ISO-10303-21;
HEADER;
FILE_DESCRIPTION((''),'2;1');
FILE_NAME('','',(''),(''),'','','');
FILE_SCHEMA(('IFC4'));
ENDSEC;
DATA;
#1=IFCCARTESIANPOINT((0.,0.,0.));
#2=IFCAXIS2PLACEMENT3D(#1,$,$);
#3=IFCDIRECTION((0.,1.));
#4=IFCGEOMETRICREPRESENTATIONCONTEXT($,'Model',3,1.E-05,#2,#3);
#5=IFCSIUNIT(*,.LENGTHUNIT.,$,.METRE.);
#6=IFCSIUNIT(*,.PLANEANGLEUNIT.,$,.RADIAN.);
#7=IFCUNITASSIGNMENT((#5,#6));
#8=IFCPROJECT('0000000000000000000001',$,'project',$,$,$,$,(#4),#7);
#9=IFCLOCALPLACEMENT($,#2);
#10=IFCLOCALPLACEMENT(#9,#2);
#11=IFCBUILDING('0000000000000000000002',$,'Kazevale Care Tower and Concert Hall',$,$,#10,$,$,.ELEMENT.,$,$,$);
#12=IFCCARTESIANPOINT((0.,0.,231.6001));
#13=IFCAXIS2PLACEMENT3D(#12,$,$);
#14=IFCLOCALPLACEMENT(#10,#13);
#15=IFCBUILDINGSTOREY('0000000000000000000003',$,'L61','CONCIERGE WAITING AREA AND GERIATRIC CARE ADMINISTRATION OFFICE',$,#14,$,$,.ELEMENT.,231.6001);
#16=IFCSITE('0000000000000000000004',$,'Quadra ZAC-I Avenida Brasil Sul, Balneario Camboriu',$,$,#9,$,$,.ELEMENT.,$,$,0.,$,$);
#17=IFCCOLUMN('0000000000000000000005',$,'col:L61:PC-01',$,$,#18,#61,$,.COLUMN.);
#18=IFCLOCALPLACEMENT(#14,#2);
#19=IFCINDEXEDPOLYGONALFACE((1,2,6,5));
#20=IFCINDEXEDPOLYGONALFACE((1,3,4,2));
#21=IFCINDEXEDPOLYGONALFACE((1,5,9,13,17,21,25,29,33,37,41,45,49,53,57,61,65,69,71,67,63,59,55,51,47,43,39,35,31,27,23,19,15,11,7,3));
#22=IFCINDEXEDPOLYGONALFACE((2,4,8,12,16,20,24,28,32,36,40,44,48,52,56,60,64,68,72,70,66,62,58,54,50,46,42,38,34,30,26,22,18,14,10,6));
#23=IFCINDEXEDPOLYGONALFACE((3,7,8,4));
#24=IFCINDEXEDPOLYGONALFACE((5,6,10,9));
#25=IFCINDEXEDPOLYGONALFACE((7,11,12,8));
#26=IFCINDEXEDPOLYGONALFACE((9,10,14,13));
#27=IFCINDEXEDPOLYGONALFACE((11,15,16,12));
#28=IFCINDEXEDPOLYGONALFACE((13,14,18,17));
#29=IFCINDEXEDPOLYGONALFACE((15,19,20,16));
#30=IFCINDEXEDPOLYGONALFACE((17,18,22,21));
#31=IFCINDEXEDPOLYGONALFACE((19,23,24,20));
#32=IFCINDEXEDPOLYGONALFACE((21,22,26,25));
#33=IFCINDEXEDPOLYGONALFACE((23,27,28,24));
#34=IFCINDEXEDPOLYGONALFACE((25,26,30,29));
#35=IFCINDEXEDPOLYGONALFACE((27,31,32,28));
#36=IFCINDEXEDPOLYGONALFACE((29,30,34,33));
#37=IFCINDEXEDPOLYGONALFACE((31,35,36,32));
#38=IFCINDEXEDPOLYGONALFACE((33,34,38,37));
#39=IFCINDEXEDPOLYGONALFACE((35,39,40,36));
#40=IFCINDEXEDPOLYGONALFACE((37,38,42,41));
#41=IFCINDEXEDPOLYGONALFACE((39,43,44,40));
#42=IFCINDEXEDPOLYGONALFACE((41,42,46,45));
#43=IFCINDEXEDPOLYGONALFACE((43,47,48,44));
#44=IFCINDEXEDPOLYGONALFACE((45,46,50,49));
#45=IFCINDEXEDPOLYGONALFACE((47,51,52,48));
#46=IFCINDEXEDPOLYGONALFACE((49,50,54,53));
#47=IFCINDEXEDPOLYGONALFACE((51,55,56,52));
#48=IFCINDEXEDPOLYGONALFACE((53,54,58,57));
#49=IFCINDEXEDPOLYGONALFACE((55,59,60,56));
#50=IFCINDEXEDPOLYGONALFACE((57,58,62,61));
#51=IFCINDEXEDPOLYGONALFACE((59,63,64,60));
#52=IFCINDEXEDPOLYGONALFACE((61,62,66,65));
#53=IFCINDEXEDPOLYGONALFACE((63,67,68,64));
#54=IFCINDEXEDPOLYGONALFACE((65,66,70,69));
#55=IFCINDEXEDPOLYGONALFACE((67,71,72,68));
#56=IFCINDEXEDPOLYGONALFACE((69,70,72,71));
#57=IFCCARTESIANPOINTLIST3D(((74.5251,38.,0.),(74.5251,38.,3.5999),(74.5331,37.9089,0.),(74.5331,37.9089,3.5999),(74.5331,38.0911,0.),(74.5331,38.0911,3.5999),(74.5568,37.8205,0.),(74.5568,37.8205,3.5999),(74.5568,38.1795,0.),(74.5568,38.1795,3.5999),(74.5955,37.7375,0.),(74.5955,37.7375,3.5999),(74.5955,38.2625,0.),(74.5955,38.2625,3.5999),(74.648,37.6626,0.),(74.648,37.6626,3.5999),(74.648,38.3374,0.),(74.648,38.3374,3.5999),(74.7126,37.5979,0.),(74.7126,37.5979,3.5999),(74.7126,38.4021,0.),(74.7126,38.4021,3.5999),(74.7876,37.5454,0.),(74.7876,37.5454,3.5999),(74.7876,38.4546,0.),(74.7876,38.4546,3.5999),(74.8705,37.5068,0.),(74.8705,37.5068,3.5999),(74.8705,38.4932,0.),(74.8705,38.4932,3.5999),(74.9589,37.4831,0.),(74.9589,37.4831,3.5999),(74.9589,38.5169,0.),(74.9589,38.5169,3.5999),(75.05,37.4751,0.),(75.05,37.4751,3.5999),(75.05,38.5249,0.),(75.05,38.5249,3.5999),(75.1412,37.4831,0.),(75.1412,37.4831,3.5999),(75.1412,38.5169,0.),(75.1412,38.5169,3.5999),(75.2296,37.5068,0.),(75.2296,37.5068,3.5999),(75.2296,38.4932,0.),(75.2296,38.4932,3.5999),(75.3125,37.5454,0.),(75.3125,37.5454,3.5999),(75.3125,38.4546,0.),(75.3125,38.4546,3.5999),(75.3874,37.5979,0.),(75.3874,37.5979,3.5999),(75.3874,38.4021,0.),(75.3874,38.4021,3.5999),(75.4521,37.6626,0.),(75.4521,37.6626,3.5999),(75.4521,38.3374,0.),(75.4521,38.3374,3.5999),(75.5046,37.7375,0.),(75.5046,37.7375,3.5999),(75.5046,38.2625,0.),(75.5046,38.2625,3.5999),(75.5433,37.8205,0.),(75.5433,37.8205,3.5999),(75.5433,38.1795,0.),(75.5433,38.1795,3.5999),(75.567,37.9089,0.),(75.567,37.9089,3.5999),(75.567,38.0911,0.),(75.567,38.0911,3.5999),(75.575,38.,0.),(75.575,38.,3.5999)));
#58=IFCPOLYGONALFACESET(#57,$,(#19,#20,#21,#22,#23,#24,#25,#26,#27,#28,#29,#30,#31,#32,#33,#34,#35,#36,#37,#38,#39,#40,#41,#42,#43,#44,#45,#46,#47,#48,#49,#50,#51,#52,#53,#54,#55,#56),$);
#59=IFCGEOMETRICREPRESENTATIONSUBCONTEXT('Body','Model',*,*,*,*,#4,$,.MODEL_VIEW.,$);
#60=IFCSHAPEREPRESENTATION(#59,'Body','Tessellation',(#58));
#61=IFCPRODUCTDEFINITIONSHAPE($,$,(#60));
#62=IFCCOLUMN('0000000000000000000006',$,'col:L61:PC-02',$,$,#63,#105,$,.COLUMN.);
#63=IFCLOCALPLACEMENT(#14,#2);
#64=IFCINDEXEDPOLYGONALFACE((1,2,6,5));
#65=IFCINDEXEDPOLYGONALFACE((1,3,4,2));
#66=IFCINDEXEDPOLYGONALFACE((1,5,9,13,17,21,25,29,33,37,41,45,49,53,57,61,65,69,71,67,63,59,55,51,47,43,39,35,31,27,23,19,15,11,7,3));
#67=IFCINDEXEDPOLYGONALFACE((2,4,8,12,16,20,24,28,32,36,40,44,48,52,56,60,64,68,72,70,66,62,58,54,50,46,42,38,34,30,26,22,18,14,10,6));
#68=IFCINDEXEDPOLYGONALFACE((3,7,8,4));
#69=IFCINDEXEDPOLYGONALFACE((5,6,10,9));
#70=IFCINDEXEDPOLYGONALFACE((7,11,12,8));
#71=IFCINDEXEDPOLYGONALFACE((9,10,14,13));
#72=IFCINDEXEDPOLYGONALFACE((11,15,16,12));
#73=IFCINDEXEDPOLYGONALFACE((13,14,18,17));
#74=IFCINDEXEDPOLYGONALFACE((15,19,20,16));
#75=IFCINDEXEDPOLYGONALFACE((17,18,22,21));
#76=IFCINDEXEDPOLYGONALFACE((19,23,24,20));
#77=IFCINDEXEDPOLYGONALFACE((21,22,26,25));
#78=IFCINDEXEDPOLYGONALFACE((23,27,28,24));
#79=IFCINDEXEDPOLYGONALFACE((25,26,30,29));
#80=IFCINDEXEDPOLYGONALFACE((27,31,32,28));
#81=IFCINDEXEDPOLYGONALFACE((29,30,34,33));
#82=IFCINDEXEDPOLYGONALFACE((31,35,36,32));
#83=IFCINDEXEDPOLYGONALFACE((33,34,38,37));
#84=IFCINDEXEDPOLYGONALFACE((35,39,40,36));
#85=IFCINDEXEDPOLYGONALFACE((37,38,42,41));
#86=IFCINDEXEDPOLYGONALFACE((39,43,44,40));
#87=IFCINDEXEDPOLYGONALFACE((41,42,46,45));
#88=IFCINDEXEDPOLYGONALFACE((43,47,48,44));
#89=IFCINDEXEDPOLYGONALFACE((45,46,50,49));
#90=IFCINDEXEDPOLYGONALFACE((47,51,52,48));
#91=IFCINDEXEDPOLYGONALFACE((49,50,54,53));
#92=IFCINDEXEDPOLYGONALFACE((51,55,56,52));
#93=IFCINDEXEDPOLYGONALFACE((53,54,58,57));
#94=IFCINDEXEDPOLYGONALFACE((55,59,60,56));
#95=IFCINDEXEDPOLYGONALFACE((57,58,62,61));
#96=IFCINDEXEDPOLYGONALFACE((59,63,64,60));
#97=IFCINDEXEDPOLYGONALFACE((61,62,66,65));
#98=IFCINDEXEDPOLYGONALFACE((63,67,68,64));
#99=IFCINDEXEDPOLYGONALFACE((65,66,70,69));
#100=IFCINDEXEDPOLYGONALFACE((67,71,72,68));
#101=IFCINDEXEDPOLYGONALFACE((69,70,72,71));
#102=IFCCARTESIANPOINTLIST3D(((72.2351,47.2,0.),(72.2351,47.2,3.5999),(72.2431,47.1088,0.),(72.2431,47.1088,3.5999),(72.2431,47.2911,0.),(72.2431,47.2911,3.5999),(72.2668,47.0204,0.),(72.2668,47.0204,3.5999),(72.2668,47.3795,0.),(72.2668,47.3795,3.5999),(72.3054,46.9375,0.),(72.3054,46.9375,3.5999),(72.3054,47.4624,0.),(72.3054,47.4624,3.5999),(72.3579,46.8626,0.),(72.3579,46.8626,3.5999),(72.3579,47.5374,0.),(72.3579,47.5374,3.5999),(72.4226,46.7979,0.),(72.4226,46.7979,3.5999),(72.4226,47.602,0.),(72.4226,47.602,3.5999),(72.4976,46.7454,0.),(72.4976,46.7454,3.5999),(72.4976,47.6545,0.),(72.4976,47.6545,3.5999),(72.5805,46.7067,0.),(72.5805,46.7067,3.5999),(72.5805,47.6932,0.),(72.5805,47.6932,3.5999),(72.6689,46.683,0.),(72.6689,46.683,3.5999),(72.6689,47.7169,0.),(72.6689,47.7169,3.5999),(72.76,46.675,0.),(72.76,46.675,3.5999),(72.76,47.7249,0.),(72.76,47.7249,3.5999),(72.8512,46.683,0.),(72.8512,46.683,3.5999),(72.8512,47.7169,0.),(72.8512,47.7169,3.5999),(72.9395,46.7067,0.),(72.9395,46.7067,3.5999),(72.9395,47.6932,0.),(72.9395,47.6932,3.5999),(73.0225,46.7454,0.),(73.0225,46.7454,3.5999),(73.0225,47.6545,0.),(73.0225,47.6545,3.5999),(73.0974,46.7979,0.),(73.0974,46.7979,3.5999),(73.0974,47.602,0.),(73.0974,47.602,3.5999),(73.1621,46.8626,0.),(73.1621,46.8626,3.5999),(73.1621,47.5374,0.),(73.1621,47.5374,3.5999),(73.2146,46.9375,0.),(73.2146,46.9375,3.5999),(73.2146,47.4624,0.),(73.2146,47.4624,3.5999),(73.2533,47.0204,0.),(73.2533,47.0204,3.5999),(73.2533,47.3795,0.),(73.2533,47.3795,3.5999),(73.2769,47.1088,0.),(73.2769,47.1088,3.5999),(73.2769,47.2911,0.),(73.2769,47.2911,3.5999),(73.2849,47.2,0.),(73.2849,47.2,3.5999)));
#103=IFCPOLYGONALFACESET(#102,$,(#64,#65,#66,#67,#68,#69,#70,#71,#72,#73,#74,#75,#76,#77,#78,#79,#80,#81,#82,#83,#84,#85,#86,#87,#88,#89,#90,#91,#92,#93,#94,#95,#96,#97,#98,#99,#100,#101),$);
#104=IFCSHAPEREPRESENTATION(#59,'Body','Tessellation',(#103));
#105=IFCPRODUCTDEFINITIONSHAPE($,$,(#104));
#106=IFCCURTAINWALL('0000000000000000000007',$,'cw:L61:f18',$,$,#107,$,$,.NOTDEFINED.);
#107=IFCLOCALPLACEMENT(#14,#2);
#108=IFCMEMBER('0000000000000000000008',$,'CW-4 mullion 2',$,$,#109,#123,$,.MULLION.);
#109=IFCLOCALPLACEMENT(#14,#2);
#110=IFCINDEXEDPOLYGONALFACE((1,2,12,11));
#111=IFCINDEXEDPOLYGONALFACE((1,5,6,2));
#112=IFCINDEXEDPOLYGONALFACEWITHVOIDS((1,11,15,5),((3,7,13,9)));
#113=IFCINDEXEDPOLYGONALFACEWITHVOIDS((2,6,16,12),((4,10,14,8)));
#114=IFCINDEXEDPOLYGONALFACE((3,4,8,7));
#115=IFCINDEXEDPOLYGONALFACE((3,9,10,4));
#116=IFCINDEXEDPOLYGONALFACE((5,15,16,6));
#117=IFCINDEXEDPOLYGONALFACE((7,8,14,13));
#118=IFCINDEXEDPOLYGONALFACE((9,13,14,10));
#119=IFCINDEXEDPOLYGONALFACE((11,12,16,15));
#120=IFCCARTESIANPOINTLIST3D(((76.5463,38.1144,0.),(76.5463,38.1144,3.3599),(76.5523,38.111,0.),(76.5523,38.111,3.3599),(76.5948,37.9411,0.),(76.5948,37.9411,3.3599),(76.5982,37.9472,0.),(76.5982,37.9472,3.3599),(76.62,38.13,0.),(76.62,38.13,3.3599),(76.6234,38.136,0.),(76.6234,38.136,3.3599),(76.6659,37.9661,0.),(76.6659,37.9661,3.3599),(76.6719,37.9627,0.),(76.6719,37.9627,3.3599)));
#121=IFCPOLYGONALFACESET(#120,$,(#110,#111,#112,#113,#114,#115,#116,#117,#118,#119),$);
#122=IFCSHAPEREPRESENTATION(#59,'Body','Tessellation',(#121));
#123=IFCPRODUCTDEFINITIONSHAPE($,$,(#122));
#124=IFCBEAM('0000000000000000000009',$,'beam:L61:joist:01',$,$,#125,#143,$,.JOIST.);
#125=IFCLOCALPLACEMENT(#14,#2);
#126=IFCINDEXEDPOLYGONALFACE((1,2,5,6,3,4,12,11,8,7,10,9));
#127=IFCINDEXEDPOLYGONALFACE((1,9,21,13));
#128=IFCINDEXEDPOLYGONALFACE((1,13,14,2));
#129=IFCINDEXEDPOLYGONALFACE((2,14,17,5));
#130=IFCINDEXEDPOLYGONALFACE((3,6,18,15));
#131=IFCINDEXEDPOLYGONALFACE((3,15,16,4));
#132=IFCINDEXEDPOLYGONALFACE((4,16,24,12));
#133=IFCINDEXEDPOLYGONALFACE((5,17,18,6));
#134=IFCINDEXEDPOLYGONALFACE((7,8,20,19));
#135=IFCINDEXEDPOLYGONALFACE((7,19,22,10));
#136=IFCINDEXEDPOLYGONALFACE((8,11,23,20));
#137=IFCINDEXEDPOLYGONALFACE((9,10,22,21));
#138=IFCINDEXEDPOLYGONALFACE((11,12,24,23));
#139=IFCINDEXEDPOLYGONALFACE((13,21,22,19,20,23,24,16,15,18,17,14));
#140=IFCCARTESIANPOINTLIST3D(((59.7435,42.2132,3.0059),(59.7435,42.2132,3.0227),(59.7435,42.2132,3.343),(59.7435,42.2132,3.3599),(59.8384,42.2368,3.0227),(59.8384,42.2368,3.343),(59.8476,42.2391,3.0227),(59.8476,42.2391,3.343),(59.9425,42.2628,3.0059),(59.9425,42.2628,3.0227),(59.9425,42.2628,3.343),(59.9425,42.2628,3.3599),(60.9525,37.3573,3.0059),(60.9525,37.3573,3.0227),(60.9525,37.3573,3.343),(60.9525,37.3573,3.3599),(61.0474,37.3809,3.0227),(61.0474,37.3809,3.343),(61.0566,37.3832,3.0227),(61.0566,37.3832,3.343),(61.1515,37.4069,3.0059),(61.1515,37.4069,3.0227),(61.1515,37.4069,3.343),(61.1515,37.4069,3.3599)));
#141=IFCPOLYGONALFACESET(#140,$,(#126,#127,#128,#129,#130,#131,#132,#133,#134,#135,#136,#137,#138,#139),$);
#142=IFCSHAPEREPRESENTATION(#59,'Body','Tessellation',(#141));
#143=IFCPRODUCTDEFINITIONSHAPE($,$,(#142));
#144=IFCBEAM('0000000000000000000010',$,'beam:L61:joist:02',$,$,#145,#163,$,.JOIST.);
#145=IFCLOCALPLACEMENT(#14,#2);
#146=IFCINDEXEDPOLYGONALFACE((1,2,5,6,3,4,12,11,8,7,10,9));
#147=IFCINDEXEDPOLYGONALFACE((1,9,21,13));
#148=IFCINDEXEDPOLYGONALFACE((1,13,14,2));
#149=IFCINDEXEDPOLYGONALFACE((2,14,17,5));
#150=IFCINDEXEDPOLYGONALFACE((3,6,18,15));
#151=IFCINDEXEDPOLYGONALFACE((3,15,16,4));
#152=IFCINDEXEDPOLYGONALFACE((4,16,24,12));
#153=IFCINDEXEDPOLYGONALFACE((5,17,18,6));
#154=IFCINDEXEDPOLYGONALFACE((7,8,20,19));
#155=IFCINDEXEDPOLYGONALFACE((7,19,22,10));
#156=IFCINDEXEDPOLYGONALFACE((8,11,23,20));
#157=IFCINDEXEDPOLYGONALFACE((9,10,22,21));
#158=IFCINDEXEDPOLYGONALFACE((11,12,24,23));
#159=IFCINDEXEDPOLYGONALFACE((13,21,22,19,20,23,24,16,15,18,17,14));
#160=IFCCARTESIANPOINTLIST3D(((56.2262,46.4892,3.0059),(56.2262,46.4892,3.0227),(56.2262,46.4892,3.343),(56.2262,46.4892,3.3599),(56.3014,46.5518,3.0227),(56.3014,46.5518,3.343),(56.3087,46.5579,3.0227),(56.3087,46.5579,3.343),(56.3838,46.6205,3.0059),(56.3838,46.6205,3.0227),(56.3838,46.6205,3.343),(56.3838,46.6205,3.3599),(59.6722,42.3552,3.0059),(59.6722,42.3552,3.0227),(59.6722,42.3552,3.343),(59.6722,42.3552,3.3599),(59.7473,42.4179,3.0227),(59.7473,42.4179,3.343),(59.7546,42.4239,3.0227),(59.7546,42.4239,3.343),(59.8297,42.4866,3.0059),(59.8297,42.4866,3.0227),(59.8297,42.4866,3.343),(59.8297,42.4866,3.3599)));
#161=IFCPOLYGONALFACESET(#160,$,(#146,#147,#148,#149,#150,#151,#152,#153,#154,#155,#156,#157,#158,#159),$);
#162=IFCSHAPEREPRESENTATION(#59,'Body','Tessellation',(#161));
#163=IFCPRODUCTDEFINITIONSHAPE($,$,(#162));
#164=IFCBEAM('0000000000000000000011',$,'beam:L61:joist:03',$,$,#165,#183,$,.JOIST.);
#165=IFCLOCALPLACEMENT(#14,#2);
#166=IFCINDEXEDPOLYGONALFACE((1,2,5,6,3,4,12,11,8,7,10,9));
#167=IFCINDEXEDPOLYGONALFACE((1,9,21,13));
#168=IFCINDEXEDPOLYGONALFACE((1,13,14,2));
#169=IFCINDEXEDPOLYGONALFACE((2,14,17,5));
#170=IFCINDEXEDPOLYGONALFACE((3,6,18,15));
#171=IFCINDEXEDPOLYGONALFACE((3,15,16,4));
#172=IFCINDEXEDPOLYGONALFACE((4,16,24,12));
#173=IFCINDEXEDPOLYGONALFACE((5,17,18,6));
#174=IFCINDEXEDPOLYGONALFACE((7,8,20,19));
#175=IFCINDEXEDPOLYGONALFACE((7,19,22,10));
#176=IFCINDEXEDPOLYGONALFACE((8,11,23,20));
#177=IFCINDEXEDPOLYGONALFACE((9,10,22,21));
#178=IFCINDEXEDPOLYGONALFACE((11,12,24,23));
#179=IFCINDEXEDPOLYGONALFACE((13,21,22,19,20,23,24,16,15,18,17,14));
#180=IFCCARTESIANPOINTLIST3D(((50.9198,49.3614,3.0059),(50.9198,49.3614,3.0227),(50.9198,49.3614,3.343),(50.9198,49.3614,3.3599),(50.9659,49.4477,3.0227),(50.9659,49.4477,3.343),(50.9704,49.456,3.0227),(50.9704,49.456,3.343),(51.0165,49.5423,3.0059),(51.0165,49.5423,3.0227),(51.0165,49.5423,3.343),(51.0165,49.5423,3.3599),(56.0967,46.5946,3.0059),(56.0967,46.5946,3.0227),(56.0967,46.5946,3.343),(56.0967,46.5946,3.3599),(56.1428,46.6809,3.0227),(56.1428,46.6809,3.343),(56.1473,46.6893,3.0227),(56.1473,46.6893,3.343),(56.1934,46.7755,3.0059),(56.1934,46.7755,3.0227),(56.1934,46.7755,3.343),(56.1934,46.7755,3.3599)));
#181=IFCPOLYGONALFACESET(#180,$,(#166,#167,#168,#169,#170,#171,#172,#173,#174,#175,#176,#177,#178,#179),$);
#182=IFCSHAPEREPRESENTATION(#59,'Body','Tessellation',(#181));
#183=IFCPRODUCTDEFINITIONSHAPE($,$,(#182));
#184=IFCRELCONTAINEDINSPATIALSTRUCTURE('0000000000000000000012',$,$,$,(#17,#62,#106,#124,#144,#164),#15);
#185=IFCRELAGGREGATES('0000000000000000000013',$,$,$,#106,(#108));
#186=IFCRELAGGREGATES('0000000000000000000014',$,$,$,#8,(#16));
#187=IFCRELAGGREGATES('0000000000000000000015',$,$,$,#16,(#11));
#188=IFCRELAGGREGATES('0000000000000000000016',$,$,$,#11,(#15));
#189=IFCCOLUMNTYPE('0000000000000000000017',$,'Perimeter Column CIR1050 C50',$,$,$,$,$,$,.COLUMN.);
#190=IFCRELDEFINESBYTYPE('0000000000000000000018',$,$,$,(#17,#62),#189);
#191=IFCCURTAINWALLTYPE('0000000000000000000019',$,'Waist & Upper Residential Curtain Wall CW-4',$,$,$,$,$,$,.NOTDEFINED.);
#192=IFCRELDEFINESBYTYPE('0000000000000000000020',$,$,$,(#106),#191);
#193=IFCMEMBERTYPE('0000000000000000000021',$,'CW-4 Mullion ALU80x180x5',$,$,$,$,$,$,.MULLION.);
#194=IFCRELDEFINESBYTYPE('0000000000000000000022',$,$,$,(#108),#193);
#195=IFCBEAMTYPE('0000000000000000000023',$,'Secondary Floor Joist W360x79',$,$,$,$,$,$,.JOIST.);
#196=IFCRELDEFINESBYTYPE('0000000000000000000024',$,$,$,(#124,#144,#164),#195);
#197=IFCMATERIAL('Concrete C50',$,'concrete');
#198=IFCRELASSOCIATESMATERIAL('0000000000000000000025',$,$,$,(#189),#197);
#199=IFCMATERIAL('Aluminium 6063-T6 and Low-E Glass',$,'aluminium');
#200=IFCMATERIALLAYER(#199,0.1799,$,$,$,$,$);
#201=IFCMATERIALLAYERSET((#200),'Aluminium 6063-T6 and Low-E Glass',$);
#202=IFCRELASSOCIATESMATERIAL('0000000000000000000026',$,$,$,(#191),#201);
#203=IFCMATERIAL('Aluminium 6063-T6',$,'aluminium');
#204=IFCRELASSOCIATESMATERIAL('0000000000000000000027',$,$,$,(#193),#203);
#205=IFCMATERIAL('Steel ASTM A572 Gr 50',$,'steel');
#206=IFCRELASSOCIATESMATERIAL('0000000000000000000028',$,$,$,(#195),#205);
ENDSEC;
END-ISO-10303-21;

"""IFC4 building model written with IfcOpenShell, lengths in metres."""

from ifc_helpers import new_model, si_unit, direction, frame, origin, origin_2d, place, context, subcontext, project, spatial, hollow_rectangle, circle, i_section, extrude, material, layer, layer_set, material_profile, profile_set, type_object, element, aggregate, save


model = new_model("IFC4")

# Units and contexts
model_context = context("Model", 3, precision=1e-05, world=origin(), true_north=direction((0.0, 1.0)))
body_context = subcontext(model_context, "Body", "Model", "MODEL_VIEW")
ifc_project = project(units=[si_unit("LENGTHUNIT", "METRE"), si_unit("PLANEANGLEUNIT", "RADIAN")], contexts=[model_context])

# Site, building, storey
site_placement = place(None, origin())
site = spatial("IfcSite", under=ifc_project, at=site_placement, Name="Quadra ZAC-I Avenida Brasil Sul, Balneario Camboriu", CompositionType="ELEMENT", RefElevation=0.0)
building_placement = place(site_placement, origin())
building = spatial("IfcBuilding", under=site, at=building_placement, Name="Kazevale Care Tower and Concert Hall", CompositionType="ELEMENT")
storey_placement = place(building_placement, frame((0.0, 0.0, 231.6001)))
storey = spatial("IfcBuildingStorey", under=building, at=storey_placement, Name="L61", Description="CONCIERGE WAITING AREA AND GERIATRIC CARE ADMINISTRATION OFFICE", CompositionType="ELEMENT", Elevation=231.6001)

# Columns
ifc_material_1 = material(Name="Concrete C50", Category="concrete")
ifc_material_profile_1 = material_profile(ifc_material_1, circle(Radius=0.5249, at=origin_2d()), Name="RC-CIR1050")
ifc_profile_set_1 = profile_set([ifc_material_profile_1], Name="Concrete C50")
column_type = type_object("IfcColumnType", Name="Perimeter Column CIR1050 C50", PredefinedType="COLUMN", material=ifc_profile_set_1)
for number, where, z_axis, x_axis, name in (
    (1, (75.05, 38.0, 0.0), (0.0, 0.0, 1.0), (1.0, 0.0, 0.0), "col:L61:PC-01"),
    (2, (72.76, 47.2, 0.0), (0.0, 0.0, 1.0), (1.0, 0.0, 0.0), "col:L61:PC-02"),
):
    element("IfcColumn", number, at=place(storey_placement, frame(where, z_axis=z_axis, x_axis=x_axis)), inside=storey, type_object=column_type, Name=name, PredefinedType="COLUMN", context=body_context, shape_type="SweptSolid", body=[
        extrude(circle(Radius=0.5249, at=origin_2d()), origin(), (0.0, 0.0, 1.0), 3.5999),
    ])

# Curtain wall, member
ifc_material_2 = material(Name="Aluminium 6063-T6 and Low-E Glass", Category="aluminium")
ifc_layer_1 = layer(ifc_material_2, 0.1799)
ifc_layer_set_1 = layer_set([ifc_layer_1], Name="Aluminium 6063-T6 and Low-E Glass")
curtain_wall_type = type_object("IfcCurtainWallType", Name="Waist & Upper Residential Curtain Wall CW-4", PredefinedType="NOTDEFINED", material=ifc_layer_set_1)
curtain_wall_placement = place(storey_placement, origin())
curtain_wall = element("IfcCurtainWall", 3, at=curtain_wall_placement, inside=storey, type_object=curtain_wall_type, Name="cw:L61:f18", PredefinedType="NOTDEFINED")
ifc_material_3 = material(Name="Aluminium 6063-T6", Category="aluminium")
ifc_material_profile_2 = material_profile(ifc_material_3, hollow_rectangle(XDim=0.0801, YDim=0.1799, WallThickness=0.0049, at=origin_2d()), Name="ALU80x180x5")
ifc_profile_set_2 = profile_set([ifc_material_profile_2], Name="Aluminium 6063-T6")
member_type = type_object("IfcMemberType", Name="CW-4 Mullion ALU80x180x5", PredefinedType="MULLION", material=ifc_profile_set_2)
member_placement = place(storey_placement, frame((76.6091, 38.0386, 0.0), z_axis=(0.0, 0.0, 1.0), x_axis=(0.962972, 0.269601, 0.0)))
member = element("IfcMember", 4, at=member_placement, type_object=member_type, Name="CW-4 mullion 2", PredefinedType="MULLION", context=body_context, shape_type="SweptSolid", body=[
    extrude(hollow_rectangle(XDim=0.0801, YDim=0.1799, WallThickness=0.0049, at=origin_2d()), origin(), (0.0, 0.0, 1.0), 3.3599),
])

# Beams
ifc_material_4 = material(Name="Steel ASTM A572 Gr 50", Category="steel")
ifc_material_profile_3 = material_profile(ifc_material_4, i_section(OverallWidth=0.2051, OverallDepth=0.354, WebThickness=0.0095, FlangeThickness=0.0168, at=origin_2d()), Name="W360x79")
ifc_profile_set_3 = profile_set([ifc_material_profile_3], Name="Steel ASTM A572 Gr 50")
beam_type_1 = type_object("IfcBeamType", Name="Secondary Floor Joist W360x79", PredefinedType="JOIST", material=ifc_profile_set_3)
beam_1_placement = place(storey_placement, frame((61.052, 37.3821, 3.1829), z_axis=(-0.241594, 0.970377, 0.0), x_axis=(-0.970377, -0.241594, 0.0)))
element("IfcBeam", 5, at=beam_1_placement, inside=storey, type_object=beam_type_1, Name="beam:L61:joist:01", PredefinedType="JOIST", context=body_context, shape_type="SweptSolid", body=[
    extrude(i_section(OverallWidth=0.2051, OverallDepth=0.354, WebThickness=0.0095, FlangeThickness=0.0168, at=origin_2d()), origin(), (0.0, 0.0, 1.0), 5.0042),
])
beam_2_placement = place(storey_placement, frame((59.751, 42.4209, 3.1829), z_axis=(-0.640296, 0.768128, 0.0), x_axis=(-0.768128, -0.640296, 0.0)))
element("IfcBeam", 6, at=beam_2_placement, inside=storey, type_object=beam_type_1, Name="beam:L61:joist:02", PredefinedType="JOIST", context=body_context, shape_type="SweptSolid", body=[
    extrude(i_section(OverallWidth=0.2051, OverallDepth=0.354, WebThickness=0.0095, FlangeThickness=0.0168, at=origin_2d()), origin(), (0.0, 0.0, 1.0), 5.3818),
])
beam_3_placement = place(storey_placement, frame((56.145, 46.6851, 3.1829), z_axis=(-0.881944, 0.471354, 0.0), x_axis=(-0.471354, -0.881944, 0.0)))
element("IfcBeam", 7, at=beam_3_placement, inside=storey, type_object=beam_type_1, Name="beam:L61:joist:03", PredefinedType="JOIST", context=body_context, shape_type="SweptSolid", body=[
    extrude(i_section(OverallWidth=0.2051, OverallDepth=0.354, WebThickness=0.0095, FlangeThickness=0.0168, at=origin_2d()), origin(), (0.0, 0.0, 1.0), 5.8699),
])

aggregate(curtain_wall, [member])

save(model, "model.ifc")
